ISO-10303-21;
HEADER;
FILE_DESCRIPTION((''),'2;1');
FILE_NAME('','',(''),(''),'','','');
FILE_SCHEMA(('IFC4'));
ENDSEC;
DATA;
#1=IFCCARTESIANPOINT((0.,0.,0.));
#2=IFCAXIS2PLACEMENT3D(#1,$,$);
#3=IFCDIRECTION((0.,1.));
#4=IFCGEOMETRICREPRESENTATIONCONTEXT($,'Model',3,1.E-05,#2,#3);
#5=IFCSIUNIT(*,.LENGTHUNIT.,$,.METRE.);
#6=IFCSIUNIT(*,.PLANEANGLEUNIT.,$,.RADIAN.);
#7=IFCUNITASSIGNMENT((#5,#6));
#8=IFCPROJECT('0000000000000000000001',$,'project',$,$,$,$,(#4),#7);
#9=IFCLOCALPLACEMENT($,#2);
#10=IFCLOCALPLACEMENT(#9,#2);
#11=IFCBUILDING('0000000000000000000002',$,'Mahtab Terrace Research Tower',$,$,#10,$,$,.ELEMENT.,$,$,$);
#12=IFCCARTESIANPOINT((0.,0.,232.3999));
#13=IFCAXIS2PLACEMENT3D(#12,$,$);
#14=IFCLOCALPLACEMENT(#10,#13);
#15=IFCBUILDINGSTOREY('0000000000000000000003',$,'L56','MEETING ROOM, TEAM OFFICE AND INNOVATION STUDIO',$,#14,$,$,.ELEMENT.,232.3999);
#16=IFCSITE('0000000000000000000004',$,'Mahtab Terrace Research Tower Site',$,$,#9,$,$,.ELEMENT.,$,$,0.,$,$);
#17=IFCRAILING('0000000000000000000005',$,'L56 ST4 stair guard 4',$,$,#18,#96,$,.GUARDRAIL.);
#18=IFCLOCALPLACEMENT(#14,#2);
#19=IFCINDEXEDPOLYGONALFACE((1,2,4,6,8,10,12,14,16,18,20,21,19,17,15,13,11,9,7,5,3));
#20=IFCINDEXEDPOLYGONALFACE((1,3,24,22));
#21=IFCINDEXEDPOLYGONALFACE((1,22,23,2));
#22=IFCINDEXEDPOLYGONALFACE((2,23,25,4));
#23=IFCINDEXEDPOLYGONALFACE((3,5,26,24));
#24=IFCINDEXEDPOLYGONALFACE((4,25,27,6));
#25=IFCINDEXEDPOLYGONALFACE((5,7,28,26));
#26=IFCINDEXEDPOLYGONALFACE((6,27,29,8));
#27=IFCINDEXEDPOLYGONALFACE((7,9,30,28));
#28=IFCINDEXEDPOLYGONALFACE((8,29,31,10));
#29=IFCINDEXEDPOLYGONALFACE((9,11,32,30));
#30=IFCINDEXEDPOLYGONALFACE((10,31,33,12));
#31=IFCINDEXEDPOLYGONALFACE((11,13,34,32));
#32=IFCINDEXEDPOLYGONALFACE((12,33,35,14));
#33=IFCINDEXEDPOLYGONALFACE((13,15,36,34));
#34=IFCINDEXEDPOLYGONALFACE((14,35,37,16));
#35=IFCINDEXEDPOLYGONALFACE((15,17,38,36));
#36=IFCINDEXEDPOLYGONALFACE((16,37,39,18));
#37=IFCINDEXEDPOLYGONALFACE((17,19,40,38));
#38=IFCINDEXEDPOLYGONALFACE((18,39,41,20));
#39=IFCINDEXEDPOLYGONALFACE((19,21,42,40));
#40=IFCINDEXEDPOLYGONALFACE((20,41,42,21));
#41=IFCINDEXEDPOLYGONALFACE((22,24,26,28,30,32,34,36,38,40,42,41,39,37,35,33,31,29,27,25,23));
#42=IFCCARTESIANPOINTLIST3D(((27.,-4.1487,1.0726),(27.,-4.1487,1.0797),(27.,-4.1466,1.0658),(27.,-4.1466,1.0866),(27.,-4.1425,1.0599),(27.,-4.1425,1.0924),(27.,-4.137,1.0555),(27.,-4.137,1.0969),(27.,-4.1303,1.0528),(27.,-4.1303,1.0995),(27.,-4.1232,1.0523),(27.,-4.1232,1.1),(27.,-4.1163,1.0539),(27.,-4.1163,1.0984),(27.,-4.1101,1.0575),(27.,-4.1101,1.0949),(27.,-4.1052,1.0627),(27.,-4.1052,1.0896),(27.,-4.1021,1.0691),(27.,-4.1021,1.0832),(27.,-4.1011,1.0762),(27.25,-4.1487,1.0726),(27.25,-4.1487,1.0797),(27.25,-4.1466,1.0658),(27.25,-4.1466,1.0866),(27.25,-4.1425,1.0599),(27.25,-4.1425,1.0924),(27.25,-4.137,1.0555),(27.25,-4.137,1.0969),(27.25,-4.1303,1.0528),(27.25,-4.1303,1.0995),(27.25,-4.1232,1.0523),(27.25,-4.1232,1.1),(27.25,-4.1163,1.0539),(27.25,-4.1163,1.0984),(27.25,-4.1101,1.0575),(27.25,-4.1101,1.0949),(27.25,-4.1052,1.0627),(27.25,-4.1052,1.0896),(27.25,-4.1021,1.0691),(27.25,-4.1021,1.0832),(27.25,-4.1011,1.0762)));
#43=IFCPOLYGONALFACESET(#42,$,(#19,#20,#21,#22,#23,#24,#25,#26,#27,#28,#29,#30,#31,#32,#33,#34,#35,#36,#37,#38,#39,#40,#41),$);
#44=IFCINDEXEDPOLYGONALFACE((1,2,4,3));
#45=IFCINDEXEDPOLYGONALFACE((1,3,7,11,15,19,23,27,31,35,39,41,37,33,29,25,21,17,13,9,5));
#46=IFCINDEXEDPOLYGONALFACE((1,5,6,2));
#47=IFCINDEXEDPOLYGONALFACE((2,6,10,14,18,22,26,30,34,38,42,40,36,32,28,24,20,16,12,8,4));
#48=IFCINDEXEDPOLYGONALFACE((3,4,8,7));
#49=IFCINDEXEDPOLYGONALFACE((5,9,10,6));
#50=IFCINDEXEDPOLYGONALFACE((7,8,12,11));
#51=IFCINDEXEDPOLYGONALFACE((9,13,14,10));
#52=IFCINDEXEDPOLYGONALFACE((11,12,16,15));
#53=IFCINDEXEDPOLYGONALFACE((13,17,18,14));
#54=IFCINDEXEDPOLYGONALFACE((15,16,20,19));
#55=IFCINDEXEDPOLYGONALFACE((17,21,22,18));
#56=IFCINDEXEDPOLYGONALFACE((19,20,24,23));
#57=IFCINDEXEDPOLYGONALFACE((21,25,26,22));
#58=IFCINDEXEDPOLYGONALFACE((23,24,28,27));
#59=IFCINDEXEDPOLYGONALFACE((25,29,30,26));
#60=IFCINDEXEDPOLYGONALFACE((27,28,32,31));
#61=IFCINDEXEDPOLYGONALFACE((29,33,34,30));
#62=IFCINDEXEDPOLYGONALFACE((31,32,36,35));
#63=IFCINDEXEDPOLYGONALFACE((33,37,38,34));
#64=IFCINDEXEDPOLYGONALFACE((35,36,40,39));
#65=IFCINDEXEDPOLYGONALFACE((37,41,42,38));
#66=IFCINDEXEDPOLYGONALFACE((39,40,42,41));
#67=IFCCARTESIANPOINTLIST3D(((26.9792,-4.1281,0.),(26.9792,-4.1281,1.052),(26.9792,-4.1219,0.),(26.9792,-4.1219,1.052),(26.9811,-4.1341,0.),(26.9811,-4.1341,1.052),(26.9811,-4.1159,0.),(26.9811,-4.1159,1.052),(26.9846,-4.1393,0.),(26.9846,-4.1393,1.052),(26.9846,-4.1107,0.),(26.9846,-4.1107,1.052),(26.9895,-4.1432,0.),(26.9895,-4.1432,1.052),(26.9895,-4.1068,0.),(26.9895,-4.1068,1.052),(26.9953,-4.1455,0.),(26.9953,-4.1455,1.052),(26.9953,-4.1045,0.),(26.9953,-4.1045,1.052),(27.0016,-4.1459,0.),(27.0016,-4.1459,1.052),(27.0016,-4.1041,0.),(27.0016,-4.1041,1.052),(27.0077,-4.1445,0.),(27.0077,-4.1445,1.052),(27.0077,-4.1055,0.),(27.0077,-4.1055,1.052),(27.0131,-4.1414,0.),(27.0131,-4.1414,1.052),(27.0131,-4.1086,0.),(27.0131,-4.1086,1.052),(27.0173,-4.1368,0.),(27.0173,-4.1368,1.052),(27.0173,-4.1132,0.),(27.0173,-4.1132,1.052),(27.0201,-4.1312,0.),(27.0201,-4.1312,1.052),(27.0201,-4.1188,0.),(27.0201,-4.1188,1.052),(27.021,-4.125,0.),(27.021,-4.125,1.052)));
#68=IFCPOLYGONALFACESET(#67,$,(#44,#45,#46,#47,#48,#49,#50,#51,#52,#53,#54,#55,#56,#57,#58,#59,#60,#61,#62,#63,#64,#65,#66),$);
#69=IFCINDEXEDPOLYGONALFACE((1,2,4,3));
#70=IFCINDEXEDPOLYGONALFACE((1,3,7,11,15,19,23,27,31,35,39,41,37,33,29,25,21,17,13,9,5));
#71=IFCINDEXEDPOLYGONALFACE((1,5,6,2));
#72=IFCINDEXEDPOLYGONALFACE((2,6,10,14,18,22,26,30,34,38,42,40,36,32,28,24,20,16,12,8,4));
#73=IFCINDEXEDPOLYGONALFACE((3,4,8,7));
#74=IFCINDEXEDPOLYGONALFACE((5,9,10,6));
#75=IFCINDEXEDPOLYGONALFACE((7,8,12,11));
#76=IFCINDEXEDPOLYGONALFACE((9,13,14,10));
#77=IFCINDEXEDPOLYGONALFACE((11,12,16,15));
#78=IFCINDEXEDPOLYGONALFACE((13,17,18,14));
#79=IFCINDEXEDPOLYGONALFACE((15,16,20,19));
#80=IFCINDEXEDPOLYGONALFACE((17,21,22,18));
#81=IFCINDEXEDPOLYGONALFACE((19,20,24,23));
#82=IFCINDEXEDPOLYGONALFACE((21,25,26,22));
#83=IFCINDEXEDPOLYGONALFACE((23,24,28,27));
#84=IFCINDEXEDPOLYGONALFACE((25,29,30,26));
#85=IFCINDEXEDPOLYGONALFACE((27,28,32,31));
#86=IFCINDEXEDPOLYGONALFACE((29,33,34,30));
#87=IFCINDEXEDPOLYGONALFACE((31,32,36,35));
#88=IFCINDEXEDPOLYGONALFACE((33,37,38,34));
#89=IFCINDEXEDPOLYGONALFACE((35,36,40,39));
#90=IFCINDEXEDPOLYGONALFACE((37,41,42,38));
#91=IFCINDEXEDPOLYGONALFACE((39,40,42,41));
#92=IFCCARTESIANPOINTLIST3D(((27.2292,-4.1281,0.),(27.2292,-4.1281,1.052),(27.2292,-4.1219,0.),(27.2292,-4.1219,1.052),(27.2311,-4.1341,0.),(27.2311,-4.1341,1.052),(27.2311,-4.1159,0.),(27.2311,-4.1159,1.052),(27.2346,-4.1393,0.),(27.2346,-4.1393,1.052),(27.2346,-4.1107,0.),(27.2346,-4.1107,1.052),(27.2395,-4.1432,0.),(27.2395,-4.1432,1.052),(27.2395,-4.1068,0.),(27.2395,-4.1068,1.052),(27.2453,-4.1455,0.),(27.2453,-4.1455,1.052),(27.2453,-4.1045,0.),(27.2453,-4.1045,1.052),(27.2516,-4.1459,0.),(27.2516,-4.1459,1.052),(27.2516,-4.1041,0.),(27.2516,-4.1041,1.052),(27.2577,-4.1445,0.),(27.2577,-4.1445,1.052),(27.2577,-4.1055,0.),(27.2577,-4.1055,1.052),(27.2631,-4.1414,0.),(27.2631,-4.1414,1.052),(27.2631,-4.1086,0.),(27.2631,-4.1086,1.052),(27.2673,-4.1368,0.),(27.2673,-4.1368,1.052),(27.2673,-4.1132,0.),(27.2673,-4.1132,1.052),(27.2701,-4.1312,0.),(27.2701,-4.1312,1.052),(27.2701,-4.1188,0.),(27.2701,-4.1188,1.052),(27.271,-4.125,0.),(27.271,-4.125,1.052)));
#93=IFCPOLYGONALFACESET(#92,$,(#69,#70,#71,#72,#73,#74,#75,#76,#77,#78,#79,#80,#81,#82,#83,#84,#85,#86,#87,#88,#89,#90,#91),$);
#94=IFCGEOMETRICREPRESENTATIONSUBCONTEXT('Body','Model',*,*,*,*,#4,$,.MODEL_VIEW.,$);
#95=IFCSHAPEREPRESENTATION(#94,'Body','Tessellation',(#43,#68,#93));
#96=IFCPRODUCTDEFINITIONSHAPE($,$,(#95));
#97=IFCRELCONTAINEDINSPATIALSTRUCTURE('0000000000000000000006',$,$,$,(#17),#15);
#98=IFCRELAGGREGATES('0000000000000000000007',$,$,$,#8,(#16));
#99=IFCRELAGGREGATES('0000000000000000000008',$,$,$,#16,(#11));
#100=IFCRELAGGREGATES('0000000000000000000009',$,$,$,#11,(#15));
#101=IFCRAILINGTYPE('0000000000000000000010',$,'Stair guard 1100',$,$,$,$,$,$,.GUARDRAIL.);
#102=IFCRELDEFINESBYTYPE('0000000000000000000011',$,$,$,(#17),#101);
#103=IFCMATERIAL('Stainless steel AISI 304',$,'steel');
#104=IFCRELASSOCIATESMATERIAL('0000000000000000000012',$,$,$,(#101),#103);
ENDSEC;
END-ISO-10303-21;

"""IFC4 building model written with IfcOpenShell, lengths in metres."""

from ifc_helpers import new_model, si_unit, direction, frame, origin, origin_2d, place, context, subcontext, project, spatial, circle, extrude, material, type_object, element, save


model = new_model("IFC4")

# Units and contexts
model_context = context("Model", 3, precision=1e-05, world=origin(), true_north=direction((0.0, 1.0)))
body_context = subcontext(model_context, "Body", "Model", "MODEL_VIEW")
ifc_project = project(units=[si_unit("LENGTHUNIT", "METRE"), si_unit("PLANEANGLEUNIT", "RADIAN")], contexts=[model_context])

# Site, building, storey
site_placement = place(None, origin())
site = spatial("IfcSite", under=ifc_project, at=site_placement, Name="Mahtab Terrace Research Tower Site", CompositionType="ELEMENT", RefElevation=0.0)
building_placement = place(site_placement, origin())
building = spatial("IfcBuilding", under=site, at=building_placement, Name="Mahtab Terrace Research Tower", CompositionType="ELEMENT")
storey_placement = place(building_placement, frame((0.0, 0.0, 232.3999)))
storey = spatial("IfcBuildingStorey", under=building, at=storey_placement, Name="L56", Description="MEETING ROOM, TEAM OFFICE AND INNOVATION STUDIO", CompositionType="ELEMENT", Elevation=232.3999)

# Shared definitions
ifc_material_1 = material(Name="Stainless steel AISI 304", Category="steel")

# Railing
railing_type_1 = type_object("IfcRailingType", Name="Stair guard 1100", PredefinedType="GUARDRAIL", material=ifc_material_1)
railing_1_placement = place(storey_placement, frame((27.0, -4.125, 0.0)))
element("IfcRailing", 1, at=railing_1_placement, inside=storey, type_object=railing_type_1, Name="L56 ST4 stair guard 4", PredefinedType="GUARDRAIL", context=body_context, shape_type="SweptSolid", body=[
    extrude(circle(Radius=0.0239, at=origin_2d()), frame((0.0, 0.0, 1.0762), z_axis=(1.0, 0.0, 0.0), x_axis=(0.0, 1.0, 0.0)), (0.0, 0.0, 1.0), 0.25),
    extrude(circle(Radius=0.021, at=origin_2d()), origin(), (0.0, 0.0, 1.0), 1.052),
    extrude(circle(Radius=0.021, at=origin_2d()), frame((0.25, 0.0, 0.0)), (0.0, 0.0, 1.0), 1.052),
])

save(model, "model.ifc")
